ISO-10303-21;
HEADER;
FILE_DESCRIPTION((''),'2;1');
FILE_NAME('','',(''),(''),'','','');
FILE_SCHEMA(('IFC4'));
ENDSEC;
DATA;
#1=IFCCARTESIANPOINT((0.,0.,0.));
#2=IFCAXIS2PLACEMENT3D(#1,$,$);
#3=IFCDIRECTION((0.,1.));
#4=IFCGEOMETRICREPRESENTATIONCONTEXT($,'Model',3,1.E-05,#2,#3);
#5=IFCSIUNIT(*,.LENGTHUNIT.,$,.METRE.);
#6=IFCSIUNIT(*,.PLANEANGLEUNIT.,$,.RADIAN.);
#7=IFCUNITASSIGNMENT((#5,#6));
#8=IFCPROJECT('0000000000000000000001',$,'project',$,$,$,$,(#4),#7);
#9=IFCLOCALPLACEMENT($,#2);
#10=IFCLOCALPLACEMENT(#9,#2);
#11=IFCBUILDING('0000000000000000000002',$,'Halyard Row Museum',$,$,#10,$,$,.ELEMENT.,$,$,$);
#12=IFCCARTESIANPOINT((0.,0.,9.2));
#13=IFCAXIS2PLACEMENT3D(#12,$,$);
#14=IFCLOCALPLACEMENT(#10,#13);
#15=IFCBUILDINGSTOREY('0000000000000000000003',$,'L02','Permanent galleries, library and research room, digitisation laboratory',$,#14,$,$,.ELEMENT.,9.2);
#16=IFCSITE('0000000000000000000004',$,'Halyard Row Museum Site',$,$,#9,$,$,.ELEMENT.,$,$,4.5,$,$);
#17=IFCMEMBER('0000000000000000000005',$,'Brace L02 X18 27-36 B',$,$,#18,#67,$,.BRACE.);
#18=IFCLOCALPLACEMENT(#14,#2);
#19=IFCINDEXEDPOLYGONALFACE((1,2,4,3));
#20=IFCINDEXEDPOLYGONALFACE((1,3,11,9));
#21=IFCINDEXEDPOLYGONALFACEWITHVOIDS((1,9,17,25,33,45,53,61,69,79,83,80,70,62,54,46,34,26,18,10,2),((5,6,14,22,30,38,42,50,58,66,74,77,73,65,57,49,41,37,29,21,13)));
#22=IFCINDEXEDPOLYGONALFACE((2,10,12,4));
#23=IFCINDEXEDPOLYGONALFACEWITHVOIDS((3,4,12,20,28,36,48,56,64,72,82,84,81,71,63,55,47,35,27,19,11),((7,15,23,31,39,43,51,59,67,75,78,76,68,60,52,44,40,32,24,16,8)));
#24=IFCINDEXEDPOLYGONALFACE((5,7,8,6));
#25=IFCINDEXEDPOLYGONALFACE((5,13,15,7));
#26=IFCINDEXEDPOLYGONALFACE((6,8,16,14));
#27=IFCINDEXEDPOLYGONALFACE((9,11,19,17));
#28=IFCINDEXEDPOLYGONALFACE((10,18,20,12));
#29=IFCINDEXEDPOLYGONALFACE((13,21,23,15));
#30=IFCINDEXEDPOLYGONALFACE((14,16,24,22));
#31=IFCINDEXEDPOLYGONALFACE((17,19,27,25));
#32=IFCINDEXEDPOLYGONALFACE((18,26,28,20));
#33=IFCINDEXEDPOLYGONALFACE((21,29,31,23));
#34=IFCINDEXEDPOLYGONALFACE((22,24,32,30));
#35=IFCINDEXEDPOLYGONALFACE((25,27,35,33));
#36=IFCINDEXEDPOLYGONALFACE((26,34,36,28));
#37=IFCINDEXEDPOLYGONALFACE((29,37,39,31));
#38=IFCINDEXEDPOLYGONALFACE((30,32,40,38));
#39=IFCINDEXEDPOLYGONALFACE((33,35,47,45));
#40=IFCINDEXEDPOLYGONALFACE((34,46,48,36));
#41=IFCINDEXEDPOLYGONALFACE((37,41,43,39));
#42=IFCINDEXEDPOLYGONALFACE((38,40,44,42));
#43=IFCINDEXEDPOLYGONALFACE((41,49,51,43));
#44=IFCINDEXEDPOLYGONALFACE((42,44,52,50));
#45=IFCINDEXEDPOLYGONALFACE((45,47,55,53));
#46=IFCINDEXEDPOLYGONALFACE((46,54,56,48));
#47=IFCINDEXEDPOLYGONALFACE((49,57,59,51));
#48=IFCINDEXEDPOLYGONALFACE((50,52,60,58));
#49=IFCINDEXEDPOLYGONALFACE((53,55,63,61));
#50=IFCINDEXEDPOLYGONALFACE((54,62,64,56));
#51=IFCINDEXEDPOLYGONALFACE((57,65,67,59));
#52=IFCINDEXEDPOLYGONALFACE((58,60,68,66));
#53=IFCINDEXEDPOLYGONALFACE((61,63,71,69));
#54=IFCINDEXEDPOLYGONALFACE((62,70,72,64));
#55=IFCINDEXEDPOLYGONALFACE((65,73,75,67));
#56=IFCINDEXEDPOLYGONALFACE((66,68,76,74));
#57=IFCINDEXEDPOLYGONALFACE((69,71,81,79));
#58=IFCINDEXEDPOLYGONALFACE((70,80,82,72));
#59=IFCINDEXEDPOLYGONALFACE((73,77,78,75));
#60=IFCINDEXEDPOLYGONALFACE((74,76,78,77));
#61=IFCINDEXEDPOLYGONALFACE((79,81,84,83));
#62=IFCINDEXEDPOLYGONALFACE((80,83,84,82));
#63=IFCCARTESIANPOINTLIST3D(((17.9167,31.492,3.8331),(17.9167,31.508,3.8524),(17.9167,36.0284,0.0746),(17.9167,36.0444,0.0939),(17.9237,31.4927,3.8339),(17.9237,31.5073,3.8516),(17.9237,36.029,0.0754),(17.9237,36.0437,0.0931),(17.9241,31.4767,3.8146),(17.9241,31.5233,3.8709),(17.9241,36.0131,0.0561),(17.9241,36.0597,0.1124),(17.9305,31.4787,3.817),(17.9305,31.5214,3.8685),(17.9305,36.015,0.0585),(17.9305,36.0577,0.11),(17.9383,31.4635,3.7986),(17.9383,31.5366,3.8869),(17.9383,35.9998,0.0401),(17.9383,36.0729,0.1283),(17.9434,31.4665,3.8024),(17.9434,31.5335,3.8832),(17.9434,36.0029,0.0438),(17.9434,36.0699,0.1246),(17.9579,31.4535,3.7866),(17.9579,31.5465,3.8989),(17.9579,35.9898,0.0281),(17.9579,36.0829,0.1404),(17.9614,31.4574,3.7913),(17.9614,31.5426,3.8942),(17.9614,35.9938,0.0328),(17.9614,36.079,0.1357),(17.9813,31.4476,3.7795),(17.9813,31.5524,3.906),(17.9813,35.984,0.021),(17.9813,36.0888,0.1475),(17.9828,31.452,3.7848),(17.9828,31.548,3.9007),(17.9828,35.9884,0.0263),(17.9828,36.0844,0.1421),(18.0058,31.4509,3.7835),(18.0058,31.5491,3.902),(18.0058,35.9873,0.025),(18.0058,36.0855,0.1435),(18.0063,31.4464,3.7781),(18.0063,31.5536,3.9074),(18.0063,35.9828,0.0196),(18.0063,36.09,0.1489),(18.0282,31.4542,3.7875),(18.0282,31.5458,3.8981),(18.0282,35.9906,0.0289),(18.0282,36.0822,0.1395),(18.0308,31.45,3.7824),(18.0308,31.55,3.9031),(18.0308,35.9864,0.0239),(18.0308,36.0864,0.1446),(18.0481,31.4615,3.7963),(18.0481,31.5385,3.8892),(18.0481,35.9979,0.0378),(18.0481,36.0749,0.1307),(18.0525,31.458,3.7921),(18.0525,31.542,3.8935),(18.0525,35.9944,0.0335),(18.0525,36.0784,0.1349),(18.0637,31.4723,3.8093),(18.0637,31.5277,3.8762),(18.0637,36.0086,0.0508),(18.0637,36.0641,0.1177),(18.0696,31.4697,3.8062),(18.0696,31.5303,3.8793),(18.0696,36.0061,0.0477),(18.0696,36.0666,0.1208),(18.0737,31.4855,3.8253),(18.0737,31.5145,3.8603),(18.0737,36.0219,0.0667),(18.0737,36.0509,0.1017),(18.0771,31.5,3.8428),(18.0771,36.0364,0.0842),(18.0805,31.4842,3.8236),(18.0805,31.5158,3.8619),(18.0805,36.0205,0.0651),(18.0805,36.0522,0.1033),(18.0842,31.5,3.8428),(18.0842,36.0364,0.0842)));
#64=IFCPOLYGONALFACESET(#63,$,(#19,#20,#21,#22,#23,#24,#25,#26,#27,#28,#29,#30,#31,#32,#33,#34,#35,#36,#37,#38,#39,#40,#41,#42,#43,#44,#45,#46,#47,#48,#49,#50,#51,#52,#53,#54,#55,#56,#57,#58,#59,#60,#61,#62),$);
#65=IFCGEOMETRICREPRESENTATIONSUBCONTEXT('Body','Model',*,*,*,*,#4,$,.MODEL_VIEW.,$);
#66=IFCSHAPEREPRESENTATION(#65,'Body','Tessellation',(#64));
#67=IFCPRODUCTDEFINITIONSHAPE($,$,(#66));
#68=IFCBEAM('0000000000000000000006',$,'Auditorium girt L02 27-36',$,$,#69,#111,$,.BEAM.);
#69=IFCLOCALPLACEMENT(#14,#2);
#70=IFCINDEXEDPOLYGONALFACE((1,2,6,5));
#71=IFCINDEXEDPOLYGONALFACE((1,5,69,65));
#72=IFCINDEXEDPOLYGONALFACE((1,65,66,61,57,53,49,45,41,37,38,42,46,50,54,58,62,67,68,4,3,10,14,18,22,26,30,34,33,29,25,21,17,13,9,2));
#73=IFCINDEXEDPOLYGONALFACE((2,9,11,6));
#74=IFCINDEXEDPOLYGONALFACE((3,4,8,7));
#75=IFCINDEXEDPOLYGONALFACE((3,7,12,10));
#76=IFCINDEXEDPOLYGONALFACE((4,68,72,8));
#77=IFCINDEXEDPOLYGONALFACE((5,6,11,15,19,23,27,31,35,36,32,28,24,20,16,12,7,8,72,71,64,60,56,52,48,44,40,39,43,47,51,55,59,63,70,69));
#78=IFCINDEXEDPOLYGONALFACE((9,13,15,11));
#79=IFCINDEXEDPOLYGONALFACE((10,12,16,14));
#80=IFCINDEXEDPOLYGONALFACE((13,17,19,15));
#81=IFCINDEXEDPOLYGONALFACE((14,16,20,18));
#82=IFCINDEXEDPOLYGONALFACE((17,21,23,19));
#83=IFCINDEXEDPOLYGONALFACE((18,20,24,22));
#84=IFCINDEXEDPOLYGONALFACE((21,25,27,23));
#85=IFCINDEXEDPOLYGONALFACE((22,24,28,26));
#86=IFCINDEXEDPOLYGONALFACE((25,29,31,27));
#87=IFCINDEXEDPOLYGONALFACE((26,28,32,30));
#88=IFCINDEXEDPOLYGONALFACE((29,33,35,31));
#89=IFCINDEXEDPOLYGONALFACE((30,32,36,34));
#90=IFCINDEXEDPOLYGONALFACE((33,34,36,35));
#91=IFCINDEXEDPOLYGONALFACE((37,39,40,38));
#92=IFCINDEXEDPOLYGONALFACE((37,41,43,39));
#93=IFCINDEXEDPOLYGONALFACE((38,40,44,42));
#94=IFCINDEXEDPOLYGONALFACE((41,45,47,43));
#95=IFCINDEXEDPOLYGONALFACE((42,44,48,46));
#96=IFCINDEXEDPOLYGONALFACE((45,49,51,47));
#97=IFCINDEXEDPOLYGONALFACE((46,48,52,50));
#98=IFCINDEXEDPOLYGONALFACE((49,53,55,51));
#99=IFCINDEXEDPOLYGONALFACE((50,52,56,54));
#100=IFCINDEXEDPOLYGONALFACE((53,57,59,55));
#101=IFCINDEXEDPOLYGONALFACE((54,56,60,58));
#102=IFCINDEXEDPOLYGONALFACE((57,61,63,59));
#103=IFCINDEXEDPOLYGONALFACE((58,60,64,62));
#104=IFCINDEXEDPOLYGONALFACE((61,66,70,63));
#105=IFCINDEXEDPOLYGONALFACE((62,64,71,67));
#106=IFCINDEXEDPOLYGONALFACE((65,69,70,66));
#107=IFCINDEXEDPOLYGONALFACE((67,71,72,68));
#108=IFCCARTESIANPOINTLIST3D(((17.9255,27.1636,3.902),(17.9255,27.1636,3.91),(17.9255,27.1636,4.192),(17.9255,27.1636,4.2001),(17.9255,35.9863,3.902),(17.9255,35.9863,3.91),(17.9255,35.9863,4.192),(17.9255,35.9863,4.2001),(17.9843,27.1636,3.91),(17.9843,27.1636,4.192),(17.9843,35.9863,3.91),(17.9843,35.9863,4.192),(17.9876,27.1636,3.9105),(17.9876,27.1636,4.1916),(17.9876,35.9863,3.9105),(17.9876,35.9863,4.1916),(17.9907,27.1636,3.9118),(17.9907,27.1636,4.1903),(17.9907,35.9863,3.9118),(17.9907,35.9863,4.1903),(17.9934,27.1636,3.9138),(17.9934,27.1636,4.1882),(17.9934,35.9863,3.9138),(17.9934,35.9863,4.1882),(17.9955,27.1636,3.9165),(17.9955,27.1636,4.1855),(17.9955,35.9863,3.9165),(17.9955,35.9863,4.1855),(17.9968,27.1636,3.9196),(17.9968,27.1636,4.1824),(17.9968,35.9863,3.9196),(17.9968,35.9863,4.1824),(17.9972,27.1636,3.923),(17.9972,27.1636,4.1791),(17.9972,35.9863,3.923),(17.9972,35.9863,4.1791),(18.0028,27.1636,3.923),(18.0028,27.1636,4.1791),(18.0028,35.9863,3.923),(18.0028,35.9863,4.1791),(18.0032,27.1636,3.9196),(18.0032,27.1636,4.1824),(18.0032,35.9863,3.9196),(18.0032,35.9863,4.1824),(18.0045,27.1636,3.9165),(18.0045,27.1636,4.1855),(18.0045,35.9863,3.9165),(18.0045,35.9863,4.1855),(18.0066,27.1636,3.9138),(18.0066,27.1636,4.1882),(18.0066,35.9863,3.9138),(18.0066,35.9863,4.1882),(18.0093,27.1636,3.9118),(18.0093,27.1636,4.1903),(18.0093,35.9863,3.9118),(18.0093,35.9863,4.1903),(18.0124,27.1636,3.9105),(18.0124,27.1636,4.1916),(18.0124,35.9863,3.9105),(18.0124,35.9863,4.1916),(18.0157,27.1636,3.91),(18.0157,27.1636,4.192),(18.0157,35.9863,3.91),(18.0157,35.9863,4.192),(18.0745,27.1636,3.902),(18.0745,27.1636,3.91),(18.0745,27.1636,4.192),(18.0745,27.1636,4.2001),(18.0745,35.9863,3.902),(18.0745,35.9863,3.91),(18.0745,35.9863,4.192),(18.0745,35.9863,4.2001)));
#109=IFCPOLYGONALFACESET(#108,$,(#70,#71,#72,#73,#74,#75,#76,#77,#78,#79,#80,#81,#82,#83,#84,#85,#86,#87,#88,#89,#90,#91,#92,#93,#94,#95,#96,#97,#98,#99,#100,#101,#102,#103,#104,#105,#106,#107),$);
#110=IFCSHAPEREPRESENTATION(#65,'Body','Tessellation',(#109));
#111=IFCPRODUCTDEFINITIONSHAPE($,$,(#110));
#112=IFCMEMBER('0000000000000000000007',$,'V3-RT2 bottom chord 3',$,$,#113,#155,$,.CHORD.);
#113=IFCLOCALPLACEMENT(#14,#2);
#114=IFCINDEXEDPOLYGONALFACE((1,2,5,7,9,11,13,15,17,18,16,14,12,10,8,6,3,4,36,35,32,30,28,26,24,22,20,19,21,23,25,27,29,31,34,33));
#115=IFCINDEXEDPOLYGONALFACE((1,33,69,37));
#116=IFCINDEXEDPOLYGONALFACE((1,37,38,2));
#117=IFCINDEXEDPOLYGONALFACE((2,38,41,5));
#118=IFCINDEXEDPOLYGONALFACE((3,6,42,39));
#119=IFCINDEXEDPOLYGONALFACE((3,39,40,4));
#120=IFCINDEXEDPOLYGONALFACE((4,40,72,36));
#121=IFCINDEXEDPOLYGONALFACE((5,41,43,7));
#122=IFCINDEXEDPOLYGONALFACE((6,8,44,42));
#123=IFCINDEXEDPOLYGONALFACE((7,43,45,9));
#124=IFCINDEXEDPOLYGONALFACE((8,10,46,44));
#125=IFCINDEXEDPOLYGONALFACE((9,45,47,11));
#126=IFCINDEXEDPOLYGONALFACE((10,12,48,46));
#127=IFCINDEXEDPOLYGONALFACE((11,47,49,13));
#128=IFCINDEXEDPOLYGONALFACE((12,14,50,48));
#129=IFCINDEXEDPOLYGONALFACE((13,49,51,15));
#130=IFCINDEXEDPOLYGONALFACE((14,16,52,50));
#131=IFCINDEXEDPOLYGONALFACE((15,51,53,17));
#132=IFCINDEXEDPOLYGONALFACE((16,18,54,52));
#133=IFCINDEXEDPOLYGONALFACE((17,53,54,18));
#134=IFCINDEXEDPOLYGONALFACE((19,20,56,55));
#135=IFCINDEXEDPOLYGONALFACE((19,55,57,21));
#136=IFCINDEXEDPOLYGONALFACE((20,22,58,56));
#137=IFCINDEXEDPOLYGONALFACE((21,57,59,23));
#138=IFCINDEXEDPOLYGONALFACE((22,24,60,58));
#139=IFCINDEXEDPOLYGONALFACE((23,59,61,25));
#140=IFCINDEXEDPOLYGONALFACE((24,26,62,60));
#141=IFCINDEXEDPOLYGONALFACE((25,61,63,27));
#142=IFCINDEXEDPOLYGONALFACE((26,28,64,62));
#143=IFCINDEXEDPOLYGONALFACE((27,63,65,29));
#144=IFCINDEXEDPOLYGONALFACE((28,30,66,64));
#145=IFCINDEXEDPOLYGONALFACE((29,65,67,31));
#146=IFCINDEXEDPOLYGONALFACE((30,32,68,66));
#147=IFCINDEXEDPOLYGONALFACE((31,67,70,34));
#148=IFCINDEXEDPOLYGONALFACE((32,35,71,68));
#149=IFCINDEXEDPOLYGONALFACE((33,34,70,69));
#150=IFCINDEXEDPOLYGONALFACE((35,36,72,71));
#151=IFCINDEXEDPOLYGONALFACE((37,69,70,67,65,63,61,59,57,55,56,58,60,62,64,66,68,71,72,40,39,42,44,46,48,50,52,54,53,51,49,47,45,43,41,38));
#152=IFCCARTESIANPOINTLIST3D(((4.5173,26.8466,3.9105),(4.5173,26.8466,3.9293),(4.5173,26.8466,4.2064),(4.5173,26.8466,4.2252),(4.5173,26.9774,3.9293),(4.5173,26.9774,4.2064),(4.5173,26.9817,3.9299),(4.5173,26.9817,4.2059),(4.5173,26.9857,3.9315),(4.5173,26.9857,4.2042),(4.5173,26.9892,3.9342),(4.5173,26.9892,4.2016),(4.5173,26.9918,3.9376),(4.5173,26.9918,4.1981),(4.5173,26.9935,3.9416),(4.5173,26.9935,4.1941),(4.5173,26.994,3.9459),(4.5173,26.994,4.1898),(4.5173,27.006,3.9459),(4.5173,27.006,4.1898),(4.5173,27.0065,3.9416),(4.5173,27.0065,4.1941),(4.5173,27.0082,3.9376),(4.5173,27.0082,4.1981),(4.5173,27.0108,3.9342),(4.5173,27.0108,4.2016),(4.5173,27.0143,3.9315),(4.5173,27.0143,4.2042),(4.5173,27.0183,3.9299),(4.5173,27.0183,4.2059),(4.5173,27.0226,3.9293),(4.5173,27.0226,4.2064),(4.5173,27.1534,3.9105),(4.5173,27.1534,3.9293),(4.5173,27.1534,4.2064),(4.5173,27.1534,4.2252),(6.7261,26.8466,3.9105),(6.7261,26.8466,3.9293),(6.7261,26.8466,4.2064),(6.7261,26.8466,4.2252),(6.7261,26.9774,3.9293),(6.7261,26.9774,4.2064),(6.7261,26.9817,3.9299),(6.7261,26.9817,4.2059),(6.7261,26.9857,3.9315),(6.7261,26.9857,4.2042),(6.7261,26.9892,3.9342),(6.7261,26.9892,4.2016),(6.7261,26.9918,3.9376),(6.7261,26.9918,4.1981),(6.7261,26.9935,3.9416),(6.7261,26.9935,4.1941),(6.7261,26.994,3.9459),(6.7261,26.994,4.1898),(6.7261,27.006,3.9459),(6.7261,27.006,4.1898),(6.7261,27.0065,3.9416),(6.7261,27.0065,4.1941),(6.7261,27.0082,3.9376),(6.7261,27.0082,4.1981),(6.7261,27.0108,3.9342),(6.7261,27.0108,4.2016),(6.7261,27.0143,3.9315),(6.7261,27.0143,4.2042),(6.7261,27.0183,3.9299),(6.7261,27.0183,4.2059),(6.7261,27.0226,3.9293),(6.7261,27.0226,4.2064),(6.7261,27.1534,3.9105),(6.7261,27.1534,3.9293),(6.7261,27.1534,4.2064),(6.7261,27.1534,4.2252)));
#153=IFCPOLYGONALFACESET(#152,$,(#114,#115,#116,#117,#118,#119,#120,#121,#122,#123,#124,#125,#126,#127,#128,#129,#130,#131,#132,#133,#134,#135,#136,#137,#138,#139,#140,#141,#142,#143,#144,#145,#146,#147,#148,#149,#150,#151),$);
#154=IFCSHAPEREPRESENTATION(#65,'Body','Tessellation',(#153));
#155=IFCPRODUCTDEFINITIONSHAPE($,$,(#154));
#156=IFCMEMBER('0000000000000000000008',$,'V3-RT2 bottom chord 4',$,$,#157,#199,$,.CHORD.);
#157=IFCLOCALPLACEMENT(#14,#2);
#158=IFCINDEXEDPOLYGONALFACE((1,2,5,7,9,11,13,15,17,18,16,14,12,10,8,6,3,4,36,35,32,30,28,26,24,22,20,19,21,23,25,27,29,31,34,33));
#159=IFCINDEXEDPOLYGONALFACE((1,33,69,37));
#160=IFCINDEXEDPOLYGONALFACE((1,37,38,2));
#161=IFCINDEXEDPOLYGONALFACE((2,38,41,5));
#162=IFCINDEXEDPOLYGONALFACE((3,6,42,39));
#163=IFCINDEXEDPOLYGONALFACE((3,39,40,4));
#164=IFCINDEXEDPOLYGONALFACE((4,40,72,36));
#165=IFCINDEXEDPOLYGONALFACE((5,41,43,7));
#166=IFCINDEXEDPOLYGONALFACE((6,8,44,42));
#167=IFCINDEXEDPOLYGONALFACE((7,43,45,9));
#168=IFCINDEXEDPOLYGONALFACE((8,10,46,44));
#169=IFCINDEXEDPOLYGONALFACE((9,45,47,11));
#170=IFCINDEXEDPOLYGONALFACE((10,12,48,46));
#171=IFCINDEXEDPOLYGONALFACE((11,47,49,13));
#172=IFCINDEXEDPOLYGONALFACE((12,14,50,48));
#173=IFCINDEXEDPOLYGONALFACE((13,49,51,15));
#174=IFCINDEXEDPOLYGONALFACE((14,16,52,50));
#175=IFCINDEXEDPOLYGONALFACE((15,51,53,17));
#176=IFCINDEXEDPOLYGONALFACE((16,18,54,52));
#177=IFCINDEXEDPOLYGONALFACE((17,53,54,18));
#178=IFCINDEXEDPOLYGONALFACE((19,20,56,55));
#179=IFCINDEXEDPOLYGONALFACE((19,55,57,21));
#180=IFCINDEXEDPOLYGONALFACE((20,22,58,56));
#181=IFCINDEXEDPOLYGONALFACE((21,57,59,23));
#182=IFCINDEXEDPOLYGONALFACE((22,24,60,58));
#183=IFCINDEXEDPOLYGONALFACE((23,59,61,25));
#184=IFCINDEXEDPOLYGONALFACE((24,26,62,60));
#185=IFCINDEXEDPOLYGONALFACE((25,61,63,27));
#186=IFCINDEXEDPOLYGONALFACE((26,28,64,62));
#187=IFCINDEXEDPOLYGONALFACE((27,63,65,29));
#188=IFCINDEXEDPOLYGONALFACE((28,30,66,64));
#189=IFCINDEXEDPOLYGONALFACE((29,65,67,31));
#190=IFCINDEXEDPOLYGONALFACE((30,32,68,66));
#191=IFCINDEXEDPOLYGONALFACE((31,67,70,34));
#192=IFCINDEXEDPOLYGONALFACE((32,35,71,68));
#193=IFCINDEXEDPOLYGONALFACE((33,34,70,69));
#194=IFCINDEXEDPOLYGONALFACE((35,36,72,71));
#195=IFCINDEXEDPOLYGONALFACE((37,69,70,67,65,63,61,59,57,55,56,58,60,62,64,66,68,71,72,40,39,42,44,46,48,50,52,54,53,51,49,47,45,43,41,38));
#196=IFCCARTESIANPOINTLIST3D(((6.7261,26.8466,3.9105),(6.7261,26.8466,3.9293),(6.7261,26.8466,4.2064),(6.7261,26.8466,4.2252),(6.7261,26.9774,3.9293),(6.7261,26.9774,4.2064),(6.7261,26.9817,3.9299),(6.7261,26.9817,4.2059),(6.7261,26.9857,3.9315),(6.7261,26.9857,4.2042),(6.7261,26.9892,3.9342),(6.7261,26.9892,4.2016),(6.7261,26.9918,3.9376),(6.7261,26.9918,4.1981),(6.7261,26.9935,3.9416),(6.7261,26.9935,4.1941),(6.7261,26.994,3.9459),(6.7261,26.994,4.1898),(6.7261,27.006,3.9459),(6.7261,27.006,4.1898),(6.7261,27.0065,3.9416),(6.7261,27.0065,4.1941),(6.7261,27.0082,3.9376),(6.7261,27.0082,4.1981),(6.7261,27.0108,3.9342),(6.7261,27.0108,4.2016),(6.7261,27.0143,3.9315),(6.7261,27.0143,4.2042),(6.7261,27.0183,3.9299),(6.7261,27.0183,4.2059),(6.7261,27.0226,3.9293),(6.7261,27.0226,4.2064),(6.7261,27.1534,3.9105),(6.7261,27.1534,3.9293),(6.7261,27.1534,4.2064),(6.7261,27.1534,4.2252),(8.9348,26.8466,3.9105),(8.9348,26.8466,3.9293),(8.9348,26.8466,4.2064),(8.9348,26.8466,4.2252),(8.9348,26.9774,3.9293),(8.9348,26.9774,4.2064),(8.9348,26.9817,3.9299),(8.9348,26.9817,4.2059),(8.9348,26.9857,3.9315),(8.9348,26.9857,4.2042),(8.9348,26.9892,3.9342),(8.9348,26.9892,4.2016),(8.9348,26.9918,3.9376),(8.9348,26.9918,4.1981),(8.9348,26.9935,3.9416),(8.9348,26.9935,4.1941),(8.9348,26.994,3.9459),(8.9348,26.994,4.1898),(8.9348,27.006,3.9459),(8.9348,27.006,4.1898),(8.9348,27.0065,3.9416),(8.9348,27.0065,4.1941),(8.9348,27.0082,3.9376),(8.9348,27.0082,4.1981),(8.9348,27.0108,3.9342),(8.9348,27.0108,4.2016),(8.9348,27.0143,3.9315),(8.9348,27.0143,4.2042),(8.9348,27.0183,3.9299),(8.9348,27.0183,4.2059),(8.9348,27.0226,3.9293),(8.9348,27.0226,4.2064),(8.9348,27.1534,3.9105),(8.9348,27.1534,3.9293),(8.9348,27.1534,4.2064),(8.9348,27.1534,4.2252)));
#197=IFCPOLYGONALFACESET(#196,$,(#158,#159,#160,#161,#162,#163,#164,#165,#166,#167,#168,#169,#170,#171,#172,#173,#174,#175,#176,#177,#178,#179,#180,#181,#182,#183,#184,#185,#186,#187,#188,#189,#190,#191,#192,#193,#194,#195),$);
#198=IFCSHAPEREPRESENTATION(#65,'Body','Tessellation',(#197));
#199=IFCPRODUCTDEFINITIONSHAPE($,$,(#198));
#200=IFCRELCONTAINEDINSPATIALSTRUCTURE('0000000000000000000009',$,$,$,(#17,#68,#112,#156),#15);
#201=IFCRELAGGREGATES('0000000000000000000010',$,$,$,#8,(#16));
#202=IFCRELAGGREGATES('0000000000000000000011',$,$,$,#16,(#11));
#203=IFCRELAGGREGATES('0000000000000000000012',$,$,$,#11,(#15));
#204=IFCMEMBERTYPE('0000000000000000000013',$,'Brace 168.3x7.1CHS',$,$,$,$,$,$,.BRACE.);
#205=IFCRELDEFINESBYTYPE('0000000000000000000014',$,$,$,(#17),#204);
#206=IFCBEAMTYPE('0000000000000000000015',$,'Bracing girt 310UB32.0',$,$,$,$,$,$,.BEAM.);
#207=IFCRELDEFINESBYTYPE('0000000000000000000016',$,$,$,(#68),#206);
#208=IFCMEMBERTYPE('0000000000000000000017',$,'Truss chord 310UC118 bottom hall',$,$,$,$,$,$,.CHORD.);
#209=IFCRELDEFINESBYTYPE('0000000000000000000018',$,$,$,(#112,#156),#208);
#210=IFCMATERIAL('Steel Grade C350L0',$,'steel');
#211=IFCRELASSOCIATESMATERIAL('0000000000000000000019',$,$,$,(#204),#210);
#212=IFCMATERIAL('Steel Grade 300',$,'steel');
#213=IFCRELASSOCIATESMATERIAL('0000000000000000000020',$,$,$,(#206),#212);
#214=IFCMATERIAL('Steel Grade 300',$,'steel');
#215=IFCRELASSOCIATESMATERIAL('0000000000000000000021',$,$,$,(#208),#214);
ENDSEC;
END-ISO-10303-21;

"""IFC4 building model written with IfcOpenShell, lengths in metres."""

from ifc_helpers import new_model, si_unit, direction, frame, origin, origin_2d, place, context, subcontext, project, spatial, hollow_circle, i_section, extrude, material, material_profile, profile_set, type_object, element, save


model = new_model("IFC4")

# Units and contexts
model_context = context("Model", 3, precision=1e-05, world=origin(), true_north=direction((0.0, 1.0)))
body_context = subcontext(model_context, "Body", "Model", "MODEL_VIEW")
ifc_project = project(units=[si_unit("LENGTHUNIT", "METRE"), si_unit("PLANEANGLEUNIT", "RADIAN")], contexts=[model_context])

# Site, building, storey
site_placement = place(None, origin())
site = spatial("IfcSite", under=ifc_project, at=site_placement, Name="Halyard Row Museum Site", CompositionType="ELEMENT", RefElevation=4.5)
building_placement = place(site_placement, origin())
building = spatial("IfcBuilding", under=site, at=building_placement, Name="Halyard Row Museum", CompositionType="ELEMENT")
storey_placement = place(building_placement, frame((0.0, 0.0, 9.2)))
storey = spatial("IfcBuildingStorey", under=building, at=storey_placement, Name="L02", Description="Permanent galleries, library and research room, digitisation laboratory", CompositionType="ELEMENT", Elevation=9.2)

# Member
ifc_material_1 = material(Name="Steel Grade C350L0", Category="steel")
ifc_material_profile_1 = material_profile(ifc_material_1, hollow_circle(Radius=0.0842, WallThickness=0.0071, at=origin_2d()), Name="168.3x7.1CHS")
ifc_profile_set_1 = profile_set([ifc_material_profile_1], Name="Steel Grade C350L0")
member_type_1 = type_object("IfcMemberType", Name="Brace 168.3x7.1CHS", PredefinedType="BRACE", material=ifc_profile_set_1)
member_1_placement = place(storey_placement, frame((18.0, 36.0364, 0.0842), z_axis=(0.0, -0.770036, 0.638001), x_axis=(1.0, 0.0, 0.0)))
element("IfcMember", 1, at=member_1_placement, inside=storey, type_object=member_type_1, Name="Brace L02 X18 27-36 B", PredefinedType="BRACE", context=body_context, shape_type="SweptSolid", body=[
    extrude(hollow_circle(Radius=0.0842, WallThickness=0.0071, at=origin_2d()), origin(), (0.0, 0.0, 1.0), 5.8911),
])

# Beam
ifc_material_2 = material(Name="Steel Grade 300", Category="steel")
ifc_material_profile_2 = material_profile(ifc_material_2, i_section(OverallWidth=0.1489, OverallDepth=0.2981, WebThickness=0.0056, FlangeThickness=0.0081, FilletRadius=0.0129, at=origin_2d()), Name="310UB32.0")
ifc_profile_set_2 = profile_set([ifc_material_profile_2], Name="Steel Grade 300")
beam_type = type_object("IfcBeamType", Name="Bracing girt 310UB32.0", PredefinedType="BEAM", material=ifc_profile_set_2)
beam_placement = place(storey_placement, frame((18.0, 27.1636, 4.051), z_axis=(0.0, 1.0, 0.0), x_axis=(-1.0, 0.0, 0.0)))
element("IfcBeam", 2, at=beam_placement, inside=storey, type_object=beam_type, Name="Auditorium girt L02 27-36", PredefinedType="BEAM", context=body_context, shape_type="SweptSolid", body=[
    extrude(i_section(OverallWidth=0.1489, OverallDepth=0.2981, WebThickness=0.0056, FlangeThickness=0.0081, FilletRadius=0.0129, at=origin_2d()), origin(), (0.0, 0.0, 1.0), 8.8228),
])

# Members
ifc_material_3 = material(Name="Steel Grade 300", Category="steel")
ifc_material_profile_3 = material_profile(ifc_material_3, i_section(OverallWidth=0.3069, OverallDepth=0.3147, WebThickness=0.012, FlangeThickness=0.0188, FilletRadius=0.0166, at=origin_2d()), Name="310UC118")
ifc_profile_set_3 = profile_set([ifc_material_profile_3], Name="Steel Grade 300")
member_type_2 = type_object("IfcMemberType", Name="Truss chord 310UC118 bottom hall", PredefinedType="CHORD", material=ifc_profile_set_3)
for number, where, z_axis, x_axis, name in (
    (3, (4.5173, 27.0, 4.0679), (1.0, 0.0, 0.0), (0.0, 1.0, 0.0), "V3-RT2 bottom chord 3"),
    (4, (6.7261, 27.0, 4.0679), (1.0, 0.0, 0.0), (0.0, 1.0, 0.0), "V3-RT2 bottom chord 4"),
):
    element("IfcMember", number, at=place(storey_placement, frame(where, z_axis=z_axis, x_axis=x_axis)), inside=storey, type_object=member_type_2, Name=name, PredefinedType="CHORD", context=body_context, shape_type="SweptSolid", body=[
        extrude(i_section(OverallWidth=0.3069, OverallDepth=0.3147, WebThickness=0.012, FlangeThickness=0.0188, FilletRadius=0.0166, at=origin_2d()), origin(), (0.0, 0.0, 1.0), 2.2087),
    ])

save(model, "model.ifc")
